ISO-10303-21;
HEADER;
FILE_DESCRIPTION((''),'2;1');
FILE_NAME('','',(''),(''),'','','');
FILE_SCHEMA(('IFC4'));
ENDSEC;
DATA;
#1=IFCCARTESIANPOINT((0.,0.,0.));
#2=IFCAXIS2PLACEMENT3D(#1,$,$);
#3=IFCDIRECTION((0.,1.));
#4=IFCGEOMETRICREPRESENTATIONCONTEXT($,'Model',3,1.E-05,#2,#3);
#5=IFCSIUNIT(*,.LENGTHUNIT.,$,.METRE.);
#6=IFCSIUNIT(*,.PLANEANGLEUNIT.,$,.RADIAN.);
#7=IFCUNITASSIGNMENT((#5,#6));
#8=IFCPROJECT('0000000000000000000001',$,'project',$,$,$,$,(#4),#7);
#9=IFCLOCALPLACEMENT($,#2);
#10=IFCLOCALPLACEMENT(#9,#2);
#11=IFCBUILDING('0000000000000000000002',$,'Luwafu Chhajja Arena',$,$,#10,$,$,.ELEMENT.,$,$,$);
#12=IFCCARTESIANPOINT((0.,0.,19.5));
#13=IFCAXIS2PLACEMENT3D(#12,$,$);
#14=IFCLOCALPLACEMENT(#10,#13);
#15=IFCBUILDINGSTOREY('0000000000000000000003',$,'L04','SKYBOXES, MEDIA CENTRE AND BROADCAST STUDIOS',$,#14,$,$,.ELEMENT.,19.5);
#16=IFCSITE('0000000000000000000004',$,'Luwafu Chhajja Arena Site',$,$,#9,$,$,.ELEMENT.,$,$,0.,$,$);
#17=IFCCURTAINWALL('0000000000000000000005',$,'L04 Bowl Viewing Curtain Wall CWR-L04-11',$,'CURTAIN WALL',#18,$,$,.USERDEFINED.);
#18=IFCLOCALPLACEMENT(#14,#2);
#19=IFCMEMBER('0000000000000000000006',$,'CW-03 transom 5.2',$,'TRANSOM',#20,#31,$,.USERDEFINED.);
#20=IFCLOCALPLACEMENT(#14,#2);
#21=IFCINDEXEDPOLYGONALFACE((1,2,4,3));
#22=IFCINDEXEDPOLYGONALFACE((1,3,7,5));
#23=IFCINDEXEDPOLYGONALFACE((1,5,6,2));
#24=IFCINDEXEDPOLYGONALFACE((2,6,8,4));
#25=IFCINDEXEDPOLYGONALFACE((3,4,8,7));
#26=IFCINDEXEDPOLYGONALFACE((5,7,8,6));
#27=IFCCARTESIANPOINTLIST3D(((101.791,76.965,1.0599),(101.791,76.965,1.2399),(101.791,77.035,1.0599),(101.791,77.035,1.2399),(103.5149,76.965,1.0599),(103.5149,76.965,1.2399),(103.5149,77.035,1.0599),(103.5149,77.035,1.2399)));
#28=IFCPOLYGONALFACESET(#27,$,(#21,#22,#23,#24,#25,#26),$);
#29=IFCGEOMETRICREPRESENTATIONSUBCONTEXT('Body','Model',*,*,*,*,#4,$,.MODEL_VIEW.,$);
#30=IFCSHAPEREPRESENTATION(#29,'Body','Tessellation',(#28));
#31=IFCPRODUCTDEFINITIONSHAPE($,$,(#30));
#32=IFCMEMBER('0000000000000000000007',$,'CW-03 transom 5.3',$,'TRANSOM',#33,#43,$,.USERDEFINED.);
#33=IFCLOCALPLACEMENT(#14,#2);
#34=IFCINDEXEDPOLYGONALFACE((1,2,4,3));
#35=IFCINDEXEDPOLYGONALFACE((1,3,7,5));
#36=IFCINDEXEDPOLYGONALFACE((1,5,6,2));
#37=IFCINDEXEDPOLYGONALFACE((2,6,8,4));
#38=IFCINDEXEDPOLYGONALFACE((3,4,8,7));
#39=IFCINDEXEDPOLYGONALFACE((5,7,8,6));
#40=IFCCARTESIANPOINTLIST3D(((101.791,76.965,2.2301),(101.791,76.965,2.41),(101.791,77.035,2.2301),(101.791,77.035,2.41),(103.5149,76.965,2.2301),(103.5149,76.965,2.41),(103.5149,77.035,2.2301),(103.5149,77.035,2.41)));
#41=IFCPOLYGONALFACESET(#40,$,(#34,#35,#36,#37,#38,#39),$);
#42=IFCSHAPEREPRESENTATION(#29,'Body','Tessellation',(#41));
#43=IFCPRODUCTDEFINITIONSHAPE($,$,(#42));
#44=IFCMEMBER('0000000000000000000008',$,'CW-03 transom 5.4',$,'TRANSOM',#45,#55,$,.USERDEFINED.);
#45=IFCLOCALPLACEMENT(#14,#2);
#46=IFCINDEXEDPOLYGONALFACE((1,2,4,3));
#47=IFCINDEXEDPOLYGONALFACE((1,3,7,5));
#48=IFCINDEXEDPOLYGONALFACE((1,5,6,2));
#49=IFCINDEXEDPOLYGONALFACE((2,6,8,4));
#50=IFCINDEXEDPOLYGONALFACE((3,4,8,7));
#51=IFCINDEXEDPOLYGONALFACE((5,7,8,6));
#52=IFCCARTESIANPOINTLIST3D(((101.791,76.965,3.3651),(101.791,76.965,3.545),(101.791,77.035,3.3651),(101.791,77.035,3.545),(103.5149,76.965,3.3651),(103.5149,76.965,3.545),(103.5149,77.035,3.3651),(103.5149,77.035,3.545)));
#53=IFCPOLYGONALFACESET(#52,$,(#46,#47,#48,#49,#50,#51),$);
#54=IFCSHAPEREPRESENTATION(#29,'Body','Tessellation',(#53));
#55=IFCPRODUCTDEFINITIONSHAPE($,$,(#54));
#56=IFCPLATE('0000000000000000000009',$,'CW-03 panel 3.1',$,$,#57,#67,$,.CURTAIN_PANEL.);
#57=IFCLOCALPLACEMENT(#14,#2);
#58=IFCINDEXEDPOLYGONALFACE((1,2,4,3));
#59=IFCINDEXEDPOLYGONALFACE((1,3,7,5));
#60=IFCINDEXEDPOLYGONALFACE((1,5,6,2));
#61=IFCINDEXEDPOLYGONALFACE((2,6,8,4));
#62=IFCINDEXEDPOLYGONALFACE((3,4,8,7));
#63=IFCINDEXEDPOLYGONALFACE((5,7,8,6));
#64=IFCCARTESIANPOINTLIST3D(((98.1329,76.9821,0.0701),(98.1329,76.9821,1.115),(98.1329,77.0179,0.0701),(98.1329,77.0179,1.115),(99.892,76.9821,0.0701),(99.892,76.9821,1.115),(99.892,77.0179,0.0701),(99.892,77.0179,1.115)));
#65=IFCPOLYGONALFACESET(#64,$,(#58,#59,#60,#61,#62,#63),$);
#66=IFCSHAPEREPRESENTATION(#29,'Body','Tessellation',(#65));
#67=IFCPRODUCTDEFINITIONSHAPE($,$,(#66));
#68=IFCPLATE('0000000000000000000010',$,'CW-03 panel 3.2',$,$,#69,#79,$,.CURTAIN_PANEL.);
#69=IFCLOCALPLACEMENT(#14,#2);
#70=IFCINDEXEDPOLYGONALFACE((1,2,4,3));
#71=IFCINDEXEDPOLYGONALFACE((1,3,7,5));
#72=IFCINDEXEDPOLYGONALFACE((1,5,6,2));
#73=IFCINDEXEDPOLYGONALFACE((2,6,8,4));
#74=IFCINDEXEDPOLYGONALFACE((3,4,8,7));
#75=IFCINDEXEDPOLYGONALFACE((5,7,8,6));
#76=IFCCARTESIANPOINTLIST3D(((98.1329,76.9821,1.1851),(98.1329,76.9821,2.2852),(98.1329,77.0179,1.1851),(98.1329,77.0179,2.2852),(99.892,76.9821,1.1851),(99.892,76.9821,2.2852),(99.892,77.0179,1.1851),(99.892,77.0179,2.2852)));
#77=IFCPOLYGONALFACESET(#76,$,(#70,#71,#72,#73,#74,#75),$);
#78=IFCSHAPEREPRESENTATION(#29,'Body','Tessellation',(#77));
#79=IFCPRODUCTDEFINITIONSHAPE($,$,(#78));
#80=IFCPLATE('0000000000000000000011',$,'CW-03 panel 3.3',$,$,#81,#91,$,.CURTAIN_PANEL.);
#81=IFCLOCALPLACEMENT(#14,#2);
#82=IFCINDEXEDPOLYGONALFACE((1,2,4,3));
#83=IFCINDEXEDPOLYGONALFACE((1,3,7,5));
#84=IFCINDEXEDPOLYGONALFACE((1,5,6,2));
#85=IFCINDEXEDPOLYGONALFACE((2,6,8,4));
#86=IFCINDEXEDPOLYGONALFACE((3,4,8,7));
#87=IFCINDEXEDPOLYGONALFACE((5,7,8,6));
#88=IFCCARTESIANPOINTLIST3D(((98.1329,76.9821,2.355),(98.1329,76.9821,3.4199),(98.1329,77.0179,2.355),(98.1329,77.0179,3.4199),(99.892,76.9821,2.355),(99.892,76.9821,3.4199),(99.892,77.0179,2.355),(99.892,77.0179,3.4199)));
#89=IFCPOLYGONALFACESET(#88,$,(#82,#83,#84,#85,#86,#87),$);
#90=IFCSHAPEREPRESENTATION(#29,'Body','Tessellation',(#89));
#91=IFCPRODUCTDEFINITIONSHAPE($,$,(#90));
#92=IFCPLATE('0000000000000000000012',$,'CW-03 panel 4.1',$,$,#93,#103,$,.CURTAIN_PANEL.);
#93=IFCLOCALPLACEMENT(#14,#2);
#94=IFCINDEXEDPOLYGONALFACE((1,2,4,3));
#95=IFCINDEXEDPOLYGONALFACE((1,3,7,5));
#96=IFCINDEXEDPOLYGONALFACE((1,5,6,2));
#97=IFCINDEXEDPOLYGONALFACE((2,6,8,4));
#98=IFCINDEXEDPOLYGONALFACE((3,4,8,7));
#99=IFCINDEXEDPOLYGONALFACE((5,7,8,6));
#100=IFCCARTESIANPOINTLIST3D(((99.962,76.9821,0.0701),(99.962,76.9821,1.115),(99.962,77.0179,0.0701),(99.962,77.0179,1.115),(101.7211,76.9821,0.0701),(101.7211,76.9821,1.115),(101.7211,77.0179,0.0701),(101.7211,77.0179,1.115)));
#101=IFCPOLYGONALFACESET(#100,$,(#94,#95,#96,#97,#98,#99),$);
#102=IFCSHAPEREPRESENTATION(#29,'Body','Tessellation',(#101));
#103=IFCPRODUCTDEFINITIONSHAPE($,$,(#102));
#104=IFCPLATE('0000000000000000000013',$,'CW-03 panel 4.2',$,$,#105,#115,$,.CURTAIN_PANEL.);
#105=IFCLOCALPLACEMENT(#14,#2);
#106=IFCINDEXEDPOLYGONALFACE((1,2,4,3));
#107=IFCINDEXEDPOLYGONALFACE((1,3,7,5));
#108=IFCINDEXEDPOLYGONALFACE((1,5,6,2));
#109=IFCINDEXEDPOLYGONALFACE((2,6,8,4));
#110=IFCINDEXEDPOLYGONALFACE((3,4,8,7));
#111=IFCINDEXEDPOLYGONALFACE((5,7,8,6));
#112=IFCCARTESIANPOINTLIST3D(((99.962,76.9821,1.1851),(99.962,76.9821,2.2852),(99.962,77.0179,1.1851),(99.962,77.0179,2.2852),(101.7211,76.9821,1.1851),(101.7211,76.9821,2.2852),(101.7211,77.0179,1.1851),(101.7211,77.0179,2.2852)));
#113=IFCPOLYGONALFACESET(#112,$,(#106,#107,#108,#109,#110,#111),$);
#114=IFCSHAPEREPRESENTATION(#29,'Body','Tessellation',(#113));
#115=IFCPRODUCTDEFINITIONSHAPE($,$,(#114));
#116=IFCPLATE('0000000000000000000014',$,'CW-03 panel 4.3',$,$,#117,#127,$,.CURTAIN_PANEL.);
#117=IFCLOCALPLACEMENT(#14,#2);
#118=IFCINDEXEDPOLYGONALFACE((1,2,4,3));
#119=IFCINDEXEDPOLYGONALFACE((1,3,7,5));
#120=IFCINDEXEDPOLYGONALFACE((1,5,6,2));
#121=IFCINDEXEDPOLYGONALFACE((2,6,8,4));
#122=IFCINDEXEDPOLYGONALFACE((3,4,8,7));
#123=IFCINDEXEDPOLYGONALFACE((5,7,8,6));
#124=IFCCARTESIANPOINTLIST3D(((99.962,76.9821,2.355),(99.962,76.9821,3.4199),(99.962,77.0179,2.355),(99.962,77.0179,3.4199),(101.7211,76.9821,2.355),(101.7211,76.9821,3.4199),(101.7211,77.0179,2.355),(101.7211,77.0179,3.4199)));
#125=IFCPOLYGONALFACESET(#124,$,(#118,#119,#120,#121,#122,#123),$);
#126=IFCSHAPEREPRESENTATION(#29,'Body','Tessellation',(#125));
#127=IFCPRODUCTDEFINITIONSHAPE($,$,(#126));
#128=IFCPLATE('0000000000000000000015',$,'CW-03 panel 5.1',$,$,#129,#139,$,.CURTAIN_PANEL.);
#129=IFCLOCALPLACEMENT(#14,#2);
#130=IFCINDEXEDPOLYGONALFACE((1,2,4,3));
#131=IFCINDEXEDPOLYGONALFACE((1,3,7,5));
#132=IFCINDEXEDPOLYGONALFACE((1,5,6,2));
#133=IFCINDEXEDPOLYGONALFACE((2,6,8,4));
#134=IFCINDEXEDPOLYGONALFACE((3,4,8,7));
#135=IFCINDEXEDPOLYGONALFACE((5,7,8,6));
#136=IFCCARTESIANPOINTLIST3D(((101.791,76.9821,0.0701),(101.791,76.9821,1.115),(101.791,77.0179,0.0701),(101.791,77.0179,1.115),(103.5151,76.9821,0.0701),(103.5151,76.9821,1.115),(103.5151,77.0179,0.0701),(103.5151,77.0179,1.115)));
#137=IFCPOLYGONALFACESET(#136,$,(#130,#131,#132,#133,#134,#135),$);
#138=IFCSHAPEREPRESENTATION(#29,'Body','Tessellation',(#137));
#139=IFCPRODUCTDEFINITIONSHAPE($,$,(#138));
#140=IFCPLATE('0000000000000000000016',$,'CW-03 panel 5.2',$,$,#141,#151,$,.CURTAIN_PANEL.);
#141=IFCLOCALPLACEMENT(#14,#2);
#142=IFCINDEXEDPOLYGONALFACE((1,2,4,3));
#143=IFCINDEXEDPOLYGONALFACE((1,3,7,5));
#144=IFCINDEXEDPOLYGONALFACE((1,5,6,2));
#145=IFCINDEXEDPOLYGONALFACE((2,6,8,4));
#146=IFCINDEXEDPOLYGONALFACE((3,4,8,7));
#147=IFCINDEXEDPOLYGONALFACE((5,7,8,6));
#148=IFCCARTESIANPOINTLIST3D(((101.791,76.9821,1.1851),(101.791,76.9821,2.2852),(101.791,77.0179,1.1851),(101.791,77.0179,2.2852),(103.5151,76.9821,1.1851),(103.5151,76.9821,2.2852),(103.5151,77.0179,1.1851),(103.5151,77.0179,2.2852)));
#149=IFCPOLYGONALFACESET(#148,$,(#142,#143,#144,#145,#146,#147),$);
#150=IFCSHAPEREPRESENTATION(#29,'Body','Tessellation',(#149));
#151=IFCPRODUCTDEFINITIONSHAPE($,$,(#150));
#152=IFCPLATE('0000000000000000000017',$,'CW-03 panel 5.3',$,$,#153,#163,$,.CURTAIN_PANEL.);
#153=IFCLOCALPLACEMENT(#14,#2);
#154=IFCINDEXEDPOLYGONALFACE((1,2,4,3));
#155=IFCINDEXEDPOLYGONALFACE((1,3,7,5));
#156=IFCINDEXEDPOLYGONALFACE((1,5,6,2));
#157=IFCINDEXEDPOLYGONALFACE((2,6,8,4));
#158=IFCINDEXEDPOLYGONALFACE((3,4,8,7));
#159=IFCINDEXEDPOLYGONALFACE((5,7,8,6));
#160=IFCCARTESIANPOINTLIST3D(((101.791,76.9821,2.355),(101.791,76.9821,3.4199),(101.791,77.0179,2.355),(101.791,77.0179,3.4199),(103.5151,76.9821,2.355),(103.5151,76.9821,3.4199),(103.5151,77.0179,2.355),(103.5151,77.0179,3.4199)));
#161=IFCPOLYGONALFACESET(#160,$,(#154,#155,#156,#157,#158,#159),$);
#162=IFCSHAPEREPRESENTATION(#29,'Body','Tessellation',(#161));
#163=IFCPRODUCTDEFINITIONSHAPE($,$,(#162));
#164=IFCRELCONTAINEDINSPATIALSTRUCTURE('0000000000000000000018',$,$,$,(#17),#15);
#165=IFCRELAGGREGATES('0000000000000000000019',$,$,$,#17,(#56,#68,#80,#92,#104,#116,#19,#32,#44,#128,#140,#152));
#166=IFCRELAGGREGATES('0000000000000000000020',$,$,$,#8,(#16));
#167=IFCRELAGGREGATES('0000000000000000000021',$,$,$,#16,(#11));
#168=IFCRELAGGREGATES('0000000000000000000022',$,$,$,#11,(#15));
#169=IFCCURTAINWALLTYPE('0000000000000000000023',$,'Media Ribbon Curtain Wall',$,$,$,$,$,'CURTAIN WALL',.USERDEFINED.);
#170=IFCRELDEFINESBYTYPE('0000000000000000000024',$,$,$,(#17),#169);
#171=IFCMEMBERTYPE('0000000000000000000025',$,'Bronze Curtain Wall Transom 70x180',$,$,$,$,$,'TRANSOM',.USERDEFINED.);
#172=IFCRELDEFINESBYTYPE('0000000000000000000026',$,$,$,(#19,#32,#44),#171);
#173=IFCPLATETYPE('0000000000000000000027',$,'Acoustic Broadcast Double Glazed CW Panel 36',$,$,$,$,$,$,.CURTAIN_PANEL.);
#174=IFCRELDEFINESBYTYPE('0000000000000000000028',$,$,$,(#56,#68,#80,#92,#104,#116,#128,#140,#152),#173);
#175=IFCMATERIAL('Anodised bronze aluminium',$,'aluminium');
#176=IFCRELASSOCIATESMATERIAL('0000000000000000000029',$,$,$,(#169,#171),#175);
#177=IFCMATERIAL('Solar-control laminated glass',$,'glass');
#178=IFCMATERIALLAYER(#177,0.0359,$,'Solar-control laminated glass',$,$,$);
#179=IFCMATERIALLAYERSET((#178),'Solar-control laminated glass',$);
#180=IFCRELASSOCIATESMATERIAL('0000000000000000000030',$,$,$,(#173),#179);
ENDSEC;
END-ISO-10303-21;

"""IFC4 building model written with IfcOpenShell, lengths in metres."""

from ifc_helpers import new_model, si_unit, direction, frame, origin, origin_2d, place, context, subcontext, project, spatial, rectangle, extrude, material, layer, layer_set, material_profile, profile_set, type_object, element, aggregate, save


model = new_model("IFC4")

# Units and contexts
model_context = context("Model", 3, precision=1e-05, world=origin(), true_north=direction((0.0, 1.0)))
body_context = subcontext(model_context, "Body", "Model", "MODEL_VIEW")
ifc_project = project(units=[si_unit("LENGTHUNIT", "METRE"), si_unit("PLANEANGLEUNIT", "RADIAN")], contexts=[model_context])

# Site, building, storey
site_placement = place(None, origin())
site = spatial("IfcSite", under=ifc_project, at=site_placement, Name="Luwafu Chhajja Arena Site", CompositionType="ELEMENT", RefElevation=0.0)
building_placement = place(site_placement, origin())
building = spatial("IfcBuilding", under=site, at=building_placement, Name="Luwafu Chhajja Arena", CompositionType="ELEMENT")
storey_placement = place(building_placement, frame((0.0, 0.0, 19.5)))
storey = spatial("IfcBuildingStorey", under=building, at=storey_placement, Name="L04", Description="SKYBOXES, MEDIA CENTRE AND BROADCAST STUDIOS", CompositionType="ELEMENT", Elevation=19.5)

# Curtain wall, members, plates
ifc_material_1 = material(Name="Anodised bronze aluminium", Category="aluminium")
curtain_wall_type = type_object("IfcCurtainWallType", Name="Media Ribbon Curtain Wall", ElementType="CURTAIN WALL", PredefinedType="USERDEFINED", material=ifc_material_1)
curtain_wall_placement = place(storey_placement, origin())
curtain_wall = element("IfcCurtainWall", 1, at=curtain_wall_placement, inside=storey, type_object=curtain_wall_type, Name="L04 Bowl Viewing Curtain Wall CWR-L04-11", ObjectType="CURTAIN WALL", PredefinedType="USERDEFINED")
ifc_material_profile_1 = material_profile(ifc_material_1, rectangle(XDim=0.0701, YDim=0.1799, at=origin_2d()), Name="CWT 70x180")
ifc_profile_set_1 = profile_set([ifc_material_profile_1], Name="Anodised bronze aluminium")
member_type_1 = type_object("IfcMemberType", Name="Bronze Curtain Wall Transom 70x180", ElementType="TRANSOM", PredefinedType="USERDEFINED", material=ifc_profile_set_1)
member_1_placement = place(storey_placement, frame((101.791, 77.0, 1.1499), z_axis=(1.0, 0.0, 0.0), x_axis=(0.0, 1.0, 0.0)))
member_1 = element("IfcMember", 2, at=member_1_placement, type_object=member_type_1, Name="CW-03 transom 5.2", ObjectType="TRANSOM", PredefinedType="USERDEFINED", context=body_context, shape_type="SweptSolid", body=[
    extrude(rectangle(XDim=0.0701, YDim=0.1799, at=origin_2d()), origin(), (0.0, 0.0, 1.0), 1.7239),
])
member_2_placement = place(storey_placement, frame((101.791, 77.0, 2.3201), z_axis=(1.0, 0.0, 0.0), x_axis=(0.0, 1.0, 0.0)))
member_2 = element("IfcMember", 3, at=member_2_placement, type_object=member_type_1, Name="CW-03 transom 5.3", ObjectType="TRANSOM", PredefinedType="USERDEFINED", context=body_context, shape_type="SweptSolid", body=[
    extrude(rectangle(XDim=0.0701, YDim=0.1799, at=origin_2d()), origin(), (0.0, 0.0, 1.0), 1.7239),
])
member_3_placement = place(storey_placement, frame((101.791, 77.0, 3.4551), z_axis=(1.0, 0.0, 0.0), x_axis=(0.0, 1.0, 0.0)))
member_3 = element("IfcMember", 4, at=member_3_placement, type_object=member_type_1, Name="CW-03 transom 5.4", ObjectType="TRANSOM", PredefinedType="USERDEFINED", context=body_context, shape_type="SweptSolid", body=[
    extrude(rectangle(XDim=0.0701, YDim=0.1799, at=origin_2d()), origin(), (0.0, 0.0, 1.0), 1.7239),
])
ifc_material_2 = material(Name="Solar-control laminated glass", Category="glass")
ifc_layer = layer(ifc_material_2, 0.0359, Name="Solar-control laminated glass")
ifc_layer_set = layer_set([ifc_layer], Name="Solar-control laminated glass")
plate_type = type_object("IfcPlateType", Name="Acoustic Broadcast Double Glazed CW Panel 36", PredefinedType="CURTAIN_PANEL", material=ifc_layer_set)
plate_1_placement = place(storey_placement, frame((99.0125, 77.0, 0.0701), z_axis=(0.0, 0.0, 1.0), x_axis=(1.0, 0.0, 0.0)))
plate_1 = element("IfcPlate", 5, at=plate_1_placement, type_object=plate_type, Name="CW-03 panel 3.1", PredefinedType="CURTAIN_PANEL", context=body_context, shape_type="SweptSolid", body=[
    extrude(rectangle(XDim=1.759, YDim=0.0359, at=origin_2d()), origin(), (0.0, 0.0, 1.0), 1.0449),
])
plate_2_placement = place(storey_placement, frame((99.0125, 77.0, 1.1851), z_axis=(0.0, 0.0, 1.0), x_axis=(1.0, 0.0, 0.0)))
plate_2 = element("IfcPlate", 6, at=plate_2_placement, type_object=plate_type, Name="CW-03 panel 3.2", PredefinedType="CURTAIN_PANEL", context=body_context, shape_type="SweptSolid", body=[
    extrude(rectangle(XDim=1.759, YDim=0.0359, at=origin_2d()), origin(), (0.0, 0.0, 1.0), 1.1001),
])
plate_3_placement = place(storey_placement, frame((99.0125, 77.0, 2.355), z_axis=(0.0, 0.0, 1.0), x_axis=(1.0, 0.0, 0.0)))
plate_3 = element("IfcPlate", 7, at=plate_3_placement, type_object=plate_type, Name="CW-03 panel 3.3", PredefinedType="CURTAIN_PANEL", context=body_context, shape_type="SweptSolid", body=[
    extrude(rectangle(XDim=1.759, YDim=0.0359, at=origin_2d()), origin(), (0.0, 0.0, 1.0), 1.0649),
])
plate_4_placement = place(storey_placement, frame((100.8416, 77.0, 0.0701), z_axis=(0.0, 0.0, 1.0), x_axis=(1.0, 0.0, 0.0)))
plate_4 = element("IfcPlate", 8, at=plate_4_placement, type_object=plate_type, Name="CW-03 panel 4.1", PredefinedType="CURTAIN_PANEL", context=body_context, shape_type="SweptSolid", body=[
    extrude(rectangle(XDim=1.759, YDim=0.0359, at=origin_2d()), origin(), (0.0, 0.0, 1.0), 1.0449),
])
plate_5_placement = place(storey_placement, frame((100.8416, 77.0, 1.1851), z_axis=(0.0, 0.0, 1.0), x_axis=(1.0, 0.0, 0.0)))
plate_5 = element("IfcPlate", 9, at=plate_5_placement, type_object=plate_type, Name="CW-03 panel 4.2", PredefinedType="CURTAIN_PANEL", context=body_context, shape_type="SweptSolid", body=[
    extrude(rectangle(XDim=1.759, YDim=0.0359, at=origin_2d()), origin(), (0.0, 0.0, 1.0), 1.1001),
])
plate_6_placement = place(storey_placement, frame((100.8416, 77.0, 2.355), z_axis=(0.0, 0.0, 1.0), x_axis=(1.0, 0.0, 0.0)))
plate_6 = element("IfcPlate", 10, at=plate_6_placement, type_object=plate_type, Name="CW-03 panel 4.3", PredefinedType="CURTAIN_PANEL", context=body_context, shape_type="SweptSolid", body=[
    extrude(rectangle(XDim=1.759, YDim=0.0359, at=origin_2d()), origin(), (0.0, 0.0, 1.0), 1.0649),
])
plate_7_placement = place(storey_placement, frame((102.6531, 77.0, 0.0701), z_axis=(0.0, 0.0, 1.0), x_axis=(1.0, 0.0, 0.0)))
plate_7 = element("IfcPlate", 11, at=plate_7_placement, type_object=plate_type, Name="CW-03 panel 5.1", PredefinedType="CURTAIN_PANEL", context=body_context, shape_type="SweptSolid", body=[
    extrude(rectangle(XDim=1.7241, YDim=0.0359, at=origin_2d()), origin(), (0.0, 0.0, 1.0), 1.0449),
])
plate_8_placement = place(storey_placement, frame((102.6531, 77.0, 1.1851), z_axis=(0.0, 0.0, 1.0), x_axis=(1.0, 0.0, 0.0)))
plate_8 = element("IfcPlate", 12, at=plate_8_placement, type_object=plate_type, Name="CW-03 panel 5.2", PredefinedType="CURTAIN_PANEL", context=body_context, shape_type="SweptSolid", body=[
    extrude(rectangle(XDim=1.7241, YDim=0.0359, at=origin_2d()), origin(), (0.0, 0.0, 1.0), 1.1001),
])
plate_9_placement = place(storey_placement, frame((102.6531, 77.0, 2.355), z_axis=(0.0, 0.0, 1.0), x_axis=(1.0, 0.0, 0.0)))
plate_9 = element("IfcPlate", 13, at=plate_9_placement, type_object=plate_type, Name="CW-03 panel 5.3", PredefinedType="CURTAIN_PANEL", context=body_context, shape_type="SweptSolid", body=[
    extrude(rectangle(XDim=1.7241, YDim=0.0359, at=origin_2d()), origin(), (0.0, 0.0, 1.0), 1.0649),
])
aggregate(curtain_wall, [plate_1, plate_2, plate_3, plate_4, plate_5, plate_6, member_1, member_2, member_3, plate_7, plate_8, plate_9])

save(model, "model.ifc")
